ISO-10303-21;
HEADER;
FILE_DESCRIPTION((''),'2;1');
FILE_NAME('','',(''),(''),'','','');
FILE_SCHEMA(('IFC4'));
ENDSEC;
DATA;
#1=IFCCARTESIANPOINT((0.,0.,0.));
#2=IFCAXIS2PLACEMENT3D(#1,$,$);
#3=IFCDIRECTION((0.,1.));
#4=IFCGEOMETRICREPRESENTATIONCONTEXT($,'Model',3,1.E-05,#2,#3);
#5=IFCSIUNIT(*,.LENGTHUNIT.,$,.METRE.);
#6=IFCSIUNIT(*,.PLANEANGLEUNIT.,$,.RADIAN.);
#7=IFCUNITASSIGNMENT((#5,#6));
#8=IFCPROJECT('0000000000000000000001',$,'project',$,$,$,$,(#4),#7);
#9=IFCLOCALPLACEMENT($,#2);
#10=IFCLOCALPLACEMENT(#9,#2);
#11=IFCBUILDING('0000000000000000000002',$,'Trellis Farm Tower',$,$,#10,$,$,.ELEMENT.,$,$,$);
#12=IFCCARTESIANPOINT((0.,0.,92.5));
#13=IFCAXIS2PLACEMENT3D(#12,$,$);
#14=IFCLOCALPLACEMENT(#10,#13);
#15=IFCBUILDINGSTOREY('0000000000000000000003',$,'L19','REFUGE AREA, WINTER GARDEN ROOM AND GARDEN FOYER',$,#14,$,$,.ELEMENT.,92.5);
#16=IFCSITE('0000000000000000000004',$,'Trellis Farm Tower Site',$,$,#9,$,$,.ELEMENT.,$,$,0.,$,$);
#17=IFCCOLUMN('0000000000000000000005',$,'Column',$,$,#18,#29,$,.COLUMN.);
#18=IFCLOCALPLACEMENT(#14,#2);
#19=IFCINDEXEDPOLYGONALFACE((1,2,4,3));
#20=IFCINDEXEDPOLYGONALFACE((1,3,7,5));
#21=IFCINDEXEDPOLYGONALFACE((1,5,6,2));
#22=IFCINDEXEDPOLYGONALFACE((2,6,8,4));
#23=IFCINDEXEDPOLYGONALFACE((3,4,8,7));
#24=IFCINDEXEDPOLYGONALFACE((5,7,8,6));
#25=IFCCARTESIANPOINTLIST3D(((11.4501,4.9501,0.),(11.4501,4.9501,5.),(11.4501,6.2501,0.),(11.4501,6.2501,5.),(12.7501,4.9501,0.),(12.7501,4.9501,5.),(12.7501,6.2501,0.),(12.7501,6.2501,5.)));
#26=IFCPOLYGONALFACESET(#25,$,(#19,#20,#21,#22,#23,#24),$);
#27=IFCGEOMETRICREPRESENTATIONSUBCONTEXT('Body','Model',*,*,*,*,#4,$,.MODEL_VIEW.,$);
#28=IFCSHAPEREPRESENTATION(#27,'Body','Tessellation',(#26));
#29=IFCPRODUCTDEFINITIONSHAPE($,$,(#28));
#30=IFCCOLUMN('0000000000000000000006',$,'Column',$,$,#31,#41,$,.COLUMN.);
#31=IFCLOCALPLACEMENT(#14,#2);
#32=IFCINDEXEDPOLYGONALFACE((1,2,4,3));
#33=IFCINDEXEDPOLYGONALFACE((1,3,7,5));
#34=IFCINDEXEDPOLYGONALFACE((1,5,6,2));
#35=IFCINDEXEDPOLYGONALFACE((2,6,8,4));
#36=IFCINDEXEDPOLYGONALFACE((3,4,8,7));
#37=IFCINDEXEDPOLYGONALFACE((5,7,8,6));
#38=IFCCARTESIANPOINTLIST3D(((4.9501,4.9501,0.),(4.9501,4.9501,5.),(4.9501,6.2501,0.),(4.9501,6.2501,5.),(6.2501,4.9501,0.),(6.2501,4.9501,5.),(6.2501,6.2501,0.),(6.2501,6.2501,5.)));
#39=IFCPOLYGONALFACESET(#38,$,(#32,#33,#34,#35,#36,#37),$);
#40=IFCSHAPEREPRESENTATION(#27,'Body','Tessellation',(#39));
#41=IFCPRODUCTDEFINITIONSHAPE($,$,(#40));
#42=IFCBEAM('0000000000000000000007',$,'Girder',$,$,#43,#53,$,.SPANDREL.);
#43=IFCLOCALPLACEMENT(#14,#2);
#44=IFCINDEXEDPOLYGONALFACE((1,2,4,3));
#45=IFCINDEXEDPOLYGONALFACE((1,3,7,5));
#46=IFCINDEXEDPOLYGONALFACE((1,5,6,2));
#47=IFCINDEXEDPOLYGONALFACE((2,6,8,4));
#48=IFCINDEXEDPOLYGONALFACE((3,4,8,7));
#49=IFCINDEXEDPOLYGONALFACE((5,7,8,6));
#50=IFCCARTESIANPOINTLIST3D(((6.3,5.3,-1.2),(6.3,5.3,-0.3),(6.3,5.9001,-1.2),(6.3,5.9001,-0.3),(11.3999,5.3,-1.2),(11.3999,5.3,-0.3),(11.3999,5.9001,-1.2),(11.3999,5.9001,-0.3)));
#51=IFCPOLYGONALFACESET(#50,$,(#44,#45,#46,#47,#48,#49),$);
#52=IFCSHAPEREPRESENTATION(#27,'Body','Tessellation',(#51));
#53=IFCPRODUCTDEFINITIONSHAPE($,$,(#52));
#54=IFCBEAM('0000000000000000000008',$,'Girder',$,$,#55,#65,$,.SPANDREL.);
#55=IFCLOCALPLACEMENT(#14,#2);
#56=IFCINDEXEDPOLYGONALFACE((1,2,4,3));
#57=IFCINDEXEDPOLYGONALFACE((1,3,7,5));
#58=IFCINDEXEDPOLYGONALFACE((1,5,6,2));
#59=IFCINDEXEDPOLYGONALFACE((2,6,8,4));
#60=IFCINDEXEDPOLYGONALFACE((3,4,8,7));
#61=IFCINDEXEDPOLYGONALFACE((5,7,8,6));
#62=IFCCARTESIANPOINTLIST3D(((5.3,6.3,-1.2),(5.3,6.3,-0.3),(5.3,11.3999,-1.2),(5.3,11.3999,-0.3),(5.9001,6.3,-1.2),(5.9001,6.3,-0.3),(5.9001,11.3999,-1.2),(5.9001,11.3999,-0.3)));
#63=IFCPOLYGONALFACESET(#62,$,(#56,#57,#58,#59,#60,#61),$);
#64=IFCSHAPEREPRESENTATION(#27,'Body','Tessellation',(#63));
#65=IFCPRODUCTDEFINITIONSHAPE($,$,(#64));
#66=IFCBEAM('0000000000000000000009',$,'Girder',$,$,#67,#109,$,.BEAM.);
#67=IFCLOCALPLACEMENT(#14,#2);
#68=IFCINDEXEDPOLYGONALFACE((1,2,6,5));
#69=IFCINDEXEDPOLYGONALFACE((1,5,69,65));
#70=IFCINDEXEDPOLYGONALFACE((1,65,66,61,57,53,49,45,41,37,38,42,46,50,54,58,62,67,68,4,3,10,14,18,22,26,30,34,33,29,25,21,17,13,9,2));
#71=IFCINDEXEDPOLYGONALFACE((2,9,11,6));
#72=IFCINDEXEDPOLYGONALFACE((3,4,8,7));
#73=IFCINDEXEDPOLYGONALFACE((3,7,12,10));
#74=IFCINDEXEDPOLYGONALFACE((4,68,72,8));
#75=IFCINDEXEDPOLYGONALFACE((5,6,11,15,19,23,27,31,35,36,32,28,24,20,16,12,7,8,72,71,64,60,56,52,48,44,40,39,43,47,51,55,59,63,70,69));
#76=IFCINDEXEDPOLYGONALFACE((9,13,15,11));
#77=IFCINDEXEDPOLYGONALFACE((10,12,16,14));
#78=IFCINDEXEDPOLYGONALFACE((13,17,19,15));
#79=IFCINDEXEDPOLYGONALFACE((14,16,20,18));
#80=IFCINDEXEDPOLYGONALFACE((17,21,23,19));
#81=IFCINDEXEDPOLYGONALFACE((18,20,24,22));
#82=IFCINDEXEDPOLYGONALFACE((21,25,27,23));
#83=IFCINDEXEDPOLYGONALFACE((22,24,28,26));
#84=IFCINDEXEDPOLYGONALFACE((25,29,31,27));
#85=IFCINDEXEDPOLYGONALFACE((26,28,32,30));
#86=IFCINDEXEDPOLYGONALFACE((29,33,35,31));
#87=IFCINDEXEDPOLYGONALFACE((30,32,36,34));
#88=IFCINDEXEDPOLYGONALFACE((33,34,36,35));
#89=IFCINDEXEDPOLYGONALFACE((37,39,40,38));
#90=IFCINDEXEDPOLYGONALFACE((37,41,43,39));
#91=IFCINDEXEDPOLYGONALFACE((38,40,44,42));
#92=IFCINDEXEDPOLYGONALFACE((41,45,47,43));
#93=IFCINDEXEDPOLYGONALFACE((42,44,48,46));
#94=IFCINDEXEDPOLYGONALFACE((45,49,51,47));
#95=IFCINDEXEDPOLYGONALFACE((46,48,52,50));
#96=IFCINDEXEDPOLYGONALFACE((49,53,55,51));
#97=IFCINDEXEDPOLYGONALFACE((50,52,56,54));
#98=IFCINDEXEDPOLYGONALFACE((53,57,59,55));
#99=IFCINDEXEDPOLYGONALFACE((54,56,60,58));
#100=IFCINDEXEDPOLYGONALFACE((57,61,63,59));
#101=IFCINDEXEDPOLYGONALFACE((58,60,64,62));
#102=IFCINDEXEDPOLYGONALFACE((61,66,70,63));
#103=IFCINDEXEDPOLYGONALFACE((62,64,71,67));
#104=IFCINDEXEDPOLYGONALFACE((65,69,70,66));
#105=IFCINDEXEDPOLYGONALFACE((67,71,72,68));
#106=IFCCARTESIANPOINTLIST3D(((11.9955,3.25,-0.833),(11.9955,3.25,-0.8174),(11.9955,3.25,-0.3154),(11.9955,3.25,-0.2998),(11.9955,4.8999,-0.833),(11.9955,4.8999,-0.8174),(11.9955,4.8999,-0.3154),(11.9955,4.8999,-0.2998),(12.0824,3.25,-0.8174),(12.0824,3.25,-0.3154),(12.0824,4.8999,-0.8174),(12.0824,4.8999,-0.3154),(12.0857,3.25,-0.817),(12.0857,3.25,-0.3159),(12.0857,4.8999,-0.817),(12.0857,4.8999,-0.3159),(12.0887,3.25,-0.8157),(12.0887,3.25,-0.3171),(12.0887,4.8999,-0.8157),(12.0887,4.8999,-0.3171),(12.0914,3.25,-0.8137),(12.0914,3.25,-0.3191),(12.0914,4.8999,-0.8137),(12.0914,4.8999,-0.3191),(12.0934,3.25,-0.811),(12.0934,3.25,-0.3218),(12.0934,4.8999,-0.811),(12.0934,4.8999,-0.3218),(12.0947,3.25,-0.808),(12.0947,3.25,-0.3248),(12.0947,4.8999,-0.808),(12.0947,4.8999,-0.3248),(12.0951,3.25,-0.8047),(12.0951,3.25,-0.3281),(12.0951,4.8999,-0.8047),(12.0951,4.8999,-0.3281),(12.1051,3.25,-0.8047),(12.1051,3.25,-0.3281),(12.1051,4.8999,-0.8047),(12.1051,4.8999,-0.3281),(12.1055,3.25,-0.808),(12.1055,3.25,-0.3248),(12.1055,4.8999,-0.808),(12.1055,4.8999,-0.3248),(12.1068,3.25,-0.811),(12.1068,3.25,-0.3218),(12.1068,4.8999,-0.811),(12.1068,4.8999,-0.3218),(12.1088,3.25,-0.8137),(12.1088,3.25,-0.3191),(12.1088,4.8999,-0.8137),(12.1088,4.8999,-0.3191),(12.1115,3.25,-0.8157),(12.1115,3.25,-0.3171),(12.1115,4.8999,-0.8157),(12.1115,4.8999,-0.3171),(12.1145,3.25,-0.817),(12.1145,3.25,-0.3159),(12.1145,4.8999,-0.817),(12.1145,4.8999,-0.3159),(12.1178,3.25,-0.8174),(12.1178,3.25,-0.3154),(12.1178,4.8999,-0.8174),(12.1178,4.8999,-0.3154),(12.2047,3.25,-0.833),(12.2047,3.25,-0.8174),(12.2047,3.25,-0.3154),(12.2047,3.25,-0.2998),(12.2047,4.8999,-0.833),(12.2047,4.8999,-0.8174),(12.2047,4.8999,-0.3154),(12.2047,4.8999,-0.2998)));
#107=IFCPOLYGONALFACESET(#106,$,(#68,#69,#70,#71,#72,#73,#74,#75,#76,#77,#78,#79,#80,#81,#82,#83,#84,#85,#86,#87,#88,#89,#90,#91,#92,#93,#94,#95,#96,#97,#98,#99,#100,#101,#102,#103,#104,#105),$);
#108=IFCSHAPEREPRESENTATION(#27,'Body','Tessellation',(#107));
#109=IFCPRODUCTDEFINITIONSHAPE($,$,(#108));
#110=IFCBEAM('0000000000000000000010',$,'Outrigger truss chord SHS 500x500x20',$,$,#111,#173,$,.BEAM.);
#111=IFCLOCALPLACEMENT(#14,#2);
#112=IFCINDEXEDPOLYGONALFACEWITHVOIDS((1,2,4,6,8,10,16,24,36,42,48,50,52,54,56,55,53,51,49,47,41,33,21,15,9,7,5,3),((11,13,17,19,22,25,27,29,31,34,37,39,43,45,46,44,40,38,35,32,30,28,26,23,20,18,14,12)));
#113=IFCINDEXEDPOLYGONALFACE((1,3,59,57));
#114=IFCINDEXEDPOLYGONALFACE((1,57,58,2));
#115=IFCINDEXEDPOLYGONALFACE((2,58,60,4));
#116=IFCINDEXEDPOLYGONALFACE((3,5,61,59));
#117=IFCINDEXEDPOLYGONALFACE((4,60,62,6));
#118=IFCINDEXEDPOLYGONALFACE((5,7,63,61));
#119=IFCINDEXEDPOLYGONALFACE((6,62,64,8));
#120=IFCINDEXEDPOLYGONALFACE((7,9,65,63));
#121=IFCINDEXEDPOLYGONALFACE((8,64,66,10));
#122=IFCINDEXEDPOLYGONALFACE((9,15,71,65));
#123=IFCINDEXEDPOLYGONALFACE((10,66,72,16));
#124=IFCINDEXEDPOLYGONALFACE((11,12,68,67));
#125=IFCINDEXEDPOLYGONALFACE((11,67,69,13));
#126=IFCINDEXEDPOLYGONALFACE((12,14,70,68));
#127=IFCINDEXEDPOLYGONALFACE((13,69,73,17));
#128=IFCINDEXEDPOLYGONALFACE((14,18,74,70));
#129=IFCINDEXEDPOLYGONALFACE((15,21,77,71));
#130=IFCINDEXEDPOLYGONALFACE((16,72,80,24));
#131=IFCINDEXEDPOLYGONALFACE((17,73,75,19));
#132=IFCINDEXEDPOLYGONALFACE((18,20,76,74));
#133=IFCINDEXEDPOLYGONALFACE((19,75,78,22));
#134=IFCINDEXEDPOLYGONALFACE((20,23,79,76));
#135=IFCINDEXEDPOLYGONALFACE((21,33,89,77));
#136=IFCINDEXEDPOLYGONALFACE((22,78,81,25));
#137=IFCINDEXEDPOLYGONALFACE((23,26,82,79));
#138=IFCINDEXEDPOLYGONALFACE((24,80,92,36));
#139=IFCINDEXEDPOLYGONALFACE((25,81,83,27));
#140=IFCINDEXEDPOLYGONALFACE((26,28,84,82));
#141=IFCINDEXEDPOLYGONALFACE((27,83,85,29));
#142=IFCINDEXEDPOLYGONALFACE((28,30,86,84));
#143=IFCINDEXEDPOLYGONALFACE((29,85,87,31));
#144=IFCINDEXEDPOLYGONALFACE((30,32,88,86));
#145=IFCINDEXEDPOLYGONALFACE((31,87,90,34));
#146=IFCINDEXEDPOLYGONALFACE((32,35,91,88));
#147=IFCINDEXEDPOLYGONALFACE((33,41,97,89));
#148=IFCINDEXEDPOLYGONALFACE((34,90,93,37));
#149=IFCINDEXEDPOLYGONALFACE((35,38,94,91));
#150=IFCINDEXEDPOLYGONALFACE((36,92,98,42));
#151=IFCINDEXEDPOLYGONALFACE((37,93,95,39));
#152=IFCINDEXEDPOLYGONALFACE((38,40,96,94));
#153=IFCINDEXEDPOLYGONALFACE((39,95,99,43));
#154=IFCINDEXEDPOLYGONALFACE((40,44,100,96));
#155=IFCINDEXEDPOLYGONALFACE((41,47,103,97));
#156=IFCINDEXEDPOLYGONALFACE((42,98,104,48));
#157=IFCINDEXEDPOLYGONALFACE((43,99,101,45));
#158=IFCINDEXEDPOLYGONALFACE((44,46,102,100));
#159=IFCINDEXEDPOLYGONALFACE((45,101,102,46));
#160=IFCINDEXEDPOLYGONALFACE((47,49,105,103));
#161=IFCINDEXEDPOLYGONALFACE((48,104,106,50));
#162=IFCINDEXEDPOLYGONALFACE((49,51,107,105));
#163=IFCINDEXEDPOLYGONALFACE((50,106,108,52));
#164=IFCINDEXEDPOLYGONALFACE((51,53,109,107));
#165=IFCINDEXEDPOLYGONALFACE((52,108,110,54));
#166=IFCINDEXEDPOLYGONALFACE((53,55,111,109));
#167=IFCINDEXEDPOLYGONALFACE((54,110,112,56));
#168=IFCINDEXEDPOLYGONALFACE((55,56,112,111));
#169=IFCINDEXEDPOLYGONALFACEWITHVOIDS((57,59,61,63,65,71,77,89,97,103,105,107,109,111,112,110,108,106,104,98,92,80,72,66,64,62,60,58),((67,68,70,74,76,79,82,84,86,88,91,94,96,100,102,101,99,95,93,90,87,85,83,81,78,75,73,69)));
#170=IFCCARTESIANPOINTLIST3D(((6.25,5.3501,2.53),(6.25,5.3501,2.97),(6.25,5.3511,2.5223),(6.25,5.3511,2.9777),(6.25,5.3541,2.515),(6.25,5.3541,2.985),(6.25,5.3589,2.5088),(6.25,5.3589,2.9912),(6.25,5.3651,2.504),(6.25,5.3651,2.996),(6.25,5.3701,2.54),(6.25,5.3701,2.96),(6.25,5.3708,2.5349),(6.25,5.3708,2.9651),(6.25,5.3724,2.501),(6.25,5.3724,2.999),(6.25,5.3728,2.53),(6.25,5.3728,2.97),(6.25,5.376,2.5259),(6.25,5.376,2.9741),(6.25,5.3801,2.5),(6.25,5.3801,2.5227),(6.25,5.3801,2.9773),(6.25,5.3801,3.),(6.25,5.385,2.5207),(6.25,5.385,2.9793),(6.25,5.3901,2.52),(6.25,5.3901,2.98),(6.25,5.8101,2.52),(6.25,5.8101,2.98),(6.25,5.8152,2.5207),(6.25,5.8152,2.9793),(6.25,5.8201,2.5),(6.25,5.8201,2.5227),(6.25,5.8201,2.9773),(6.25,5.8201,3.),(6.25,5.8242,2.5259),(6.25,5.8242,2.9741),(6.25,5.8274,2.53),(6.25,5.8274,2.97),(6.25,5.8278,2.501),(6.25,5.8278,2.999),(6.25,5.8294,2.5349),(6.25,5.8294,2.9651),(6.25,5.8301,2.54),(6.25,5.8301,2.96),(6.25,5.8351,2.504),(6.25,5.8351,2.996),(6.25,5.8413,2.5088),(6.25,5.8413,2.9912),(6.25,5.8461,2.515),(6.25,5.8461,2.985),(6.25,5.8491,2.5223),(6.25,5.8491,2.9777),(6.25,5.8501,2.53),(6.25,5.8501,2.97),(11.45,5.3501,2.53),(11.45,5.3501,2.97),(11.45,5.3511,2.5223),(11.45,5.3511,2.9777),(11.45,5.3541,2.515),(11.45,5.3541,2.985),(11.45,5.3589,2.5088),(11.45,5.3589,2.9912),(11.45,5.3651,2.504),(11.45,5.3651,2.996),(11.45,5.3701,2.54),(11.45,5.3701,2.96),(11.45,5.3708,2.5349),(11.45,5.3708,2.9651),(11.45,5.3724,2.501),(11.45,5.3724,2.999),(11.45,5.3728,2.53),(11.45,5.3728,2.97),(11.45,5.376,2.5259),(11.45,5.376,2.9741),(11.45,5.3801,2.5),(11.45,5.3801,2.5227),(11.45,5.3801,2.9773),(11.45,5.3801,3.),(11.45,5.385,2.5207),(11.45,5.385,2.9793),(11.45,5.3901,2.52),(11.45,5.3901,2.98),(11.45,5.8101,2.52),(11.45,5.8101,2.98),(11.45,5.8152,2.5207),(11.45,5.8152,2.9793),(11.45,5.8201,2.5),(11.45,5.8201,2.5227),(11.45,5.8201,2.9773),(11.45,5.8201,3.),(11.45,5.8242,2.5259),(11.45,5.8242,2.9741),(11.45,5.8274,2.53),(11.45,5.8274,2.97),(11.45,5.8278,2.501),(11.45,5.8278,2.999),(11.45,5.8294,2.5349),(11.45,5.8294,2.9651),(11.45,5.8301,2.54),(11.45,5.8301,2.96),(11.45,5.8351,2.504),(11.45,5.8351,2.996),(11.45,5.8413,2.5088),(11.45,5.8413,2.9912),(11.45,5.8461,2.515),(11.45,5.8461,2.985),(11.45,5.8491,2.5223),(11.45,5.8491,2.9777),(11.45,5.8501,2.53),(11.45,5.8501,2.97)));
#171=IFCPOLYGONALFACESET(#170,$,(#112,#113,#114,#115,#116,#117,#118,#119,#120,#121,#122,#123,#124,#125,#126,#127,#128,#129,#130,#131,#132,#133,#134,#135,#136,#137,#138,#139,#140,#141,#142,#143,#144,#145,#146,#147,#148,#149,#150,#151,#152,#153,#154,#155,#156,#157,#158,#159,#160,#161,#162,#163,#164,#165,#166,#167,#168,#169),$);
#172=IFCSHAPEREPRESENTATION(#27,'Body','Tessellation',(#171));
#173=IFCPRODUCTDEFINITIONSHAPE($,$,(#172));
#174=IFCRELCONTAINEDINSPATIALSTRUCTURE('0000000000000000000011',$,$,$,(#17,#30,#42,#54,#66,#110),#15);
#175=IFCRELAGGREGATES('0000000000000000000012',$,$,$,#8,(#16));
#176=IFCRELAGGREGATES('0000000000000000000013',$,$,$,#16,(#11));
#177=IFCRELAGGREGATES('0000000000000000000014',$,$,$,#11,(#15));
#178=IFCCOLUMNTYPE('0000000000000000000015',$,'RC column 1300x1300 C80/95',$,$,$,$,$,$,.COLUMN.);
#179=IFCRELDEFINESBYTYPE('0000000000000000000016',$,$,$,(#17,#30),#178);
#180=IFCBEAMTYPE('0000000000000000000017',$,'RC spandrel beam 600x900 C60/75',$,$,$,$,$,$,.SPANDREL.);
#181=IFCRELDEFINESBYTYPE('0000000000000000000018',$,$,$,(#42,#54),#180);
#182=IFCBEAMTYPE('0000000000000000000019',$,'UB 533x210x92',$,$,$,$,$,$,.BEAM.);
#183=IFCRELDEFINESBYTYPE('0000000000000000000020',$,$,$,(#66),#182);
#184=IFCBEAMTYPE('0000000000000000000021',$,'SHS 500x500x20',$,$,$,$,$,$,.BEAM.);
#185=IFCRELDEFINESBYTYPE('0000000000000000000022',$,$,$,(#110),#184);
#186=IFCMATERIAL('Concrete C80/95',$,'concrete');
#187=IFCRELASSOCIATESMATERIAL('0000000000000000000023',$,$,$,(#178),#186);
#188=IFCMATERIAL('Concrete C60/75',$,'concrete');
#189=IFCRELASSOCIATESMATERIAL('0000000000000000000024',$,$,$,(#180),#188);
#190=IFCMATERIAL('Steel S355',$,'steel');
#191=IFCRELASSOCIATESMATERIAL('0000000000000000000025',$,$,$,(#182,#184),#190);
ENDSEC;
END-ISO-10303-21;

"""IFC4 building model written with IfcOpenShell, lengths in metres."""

from ifc_helpers import new_model, si_unit, direction, frame, origin, origin_2d, place, context, subcontext, project, spatial, rectangle, hollow_rectangle, i_section, extrude, source, transform, mapped, material, material_profile, profile_set, type_object, element, save


model = new_model("IFC4")

# Units and contexts
model_context = context("Model", 3, precision=1e-05, world=origin(), true_north=direction((0.0, 1.0)))
body_context = subcontext(model_context, "Body", "Model", "MODEL_VIEW")
ifc_project = project(units=[si_unit("LENGTHUNIT", "METRE"), si_unit("PLANEANGLEUNIT", "RADIAN")], contexts=[model_context])

# Site, building, storey
site_placement = place(None, origin())
site = spatial("IfcSite", under=ifc_project, at=site_placement, Name="Trellis Farm Tower Site", CompositionType="ELEMENT", RefElevation=0.0)
building_placement = place(site_placement, origin())
building = spatial("IfcBuilding", under=site, at=building_placement, Name="Trellis Farm Tower", CompositionType="ELEMENT")
storey_placement = place(building_placement, frame((0.0, 0.0, 92.5)))
storey = spatial("IfcBuildingStorey", under=building, at=storey_placement, Name="L19", Description="REFUGE AREA, WINTER GARDEN ROOM AND GARDEN FOYER", CompositionType="ELEMENT", Elevation=92.5)

# Columns
ifc_material_1 = material(Name="Concrete C80/95", Category="concrete")
ifc_material_profile_1 = material_profile(ifc_material_1, rectangle(XDim=1.3, YDim=1.3, at=origin_2d()), Name="RC column 1300x1300 C80/95")
ifc_profile_set_1 = profile_set([ifc_material_profile_1], Name="Concrete C80/95")
column_type = type_object("IfcColumnType", Name="RC column 1300x1300 C80/95", PredefinedType="COLUMN", material=ifc_profile_set_1)
shared_shape_1 = source(origin(), body_context, "Body", "SweptSolid", [
    extrude(rectangle(XDim=1.3, YDim=1.3, at=origin_2d()), origin(), (0.0, 0.0, 1.0), 5.0),
])
for number, where, z_axis, x_axis, name in (
    (1, (12.1001, 5.6001, 0.0), (0.0, 0.0, 1.0), (1.0, 0.0, 0.0), "Column"),
    (2, (5.6001, 5.6001, 0.0), (0.0, 0.0, 1.0), (1.0, 0.0, 0.0), "Column"),
):
    element("IfcColumn", number, at=place(storey_placement, frame(where, z_axis=z_axis, x_axis=x_axis)), inside=storey, type_object=column_type, Name=name, PredefinedType="COLUMN", context=body_context, shape_type="MappedRepresentation", body=[
        mapped(shared_shape_1, transform((0.0, 0.0, 0.0))),
    ])

# Beams
ifc_material_2 = material(Name="Concrete C60/75", Category="concrete")
ifc_material_profile_2 = material_profile(ifc_material_2, rectangle(XDim=0.6001, YDim=0.8999, at=origin_2d()), Name="RC spandrel beam 600x900 C60/75")
ifc_profile_set_2 = profile_set([ifc_material_profile_2], Name="Concrete C60/75")
beam_type_1 = type_object("IfcBeamType", Name="RC spandrel beam 600x900 C60/75", PredefinedType="SPANDREL", material=ifc_profile_set_2)
shared_shape_2 = source(origin(), body_context, "Body", "SweptSolid", [
    extrude(rectangle(XDim=0.6001, YDim=0.8999, at=origin_2d()), origin(), (0.0, 0.0, 1.0), 5.0999),
])
for number, where, z_axis, x_axis, name in (
    (3, (6.3, 5.6001, -0.75), (1.0, 0.0, 0.0), (0.0, 1.0, 0.0), "Girder"),
    (4, (5.6001, 6.3, -0.75), (0.0, 1.0, 0.0), (-1.0, 0.0, 0.0), "Girder"),
):
    element("IfcBeam", number, at=place(storey_placement, frame(where, z_axis=z_axis, x_axis=x_axis)), inside=storey, type_object=beam_type_1, Name=name, PredefinedType="SPANDREL", context=body_context, shape_type="MappedRepresentation", body=[
        mapped(shared_shape_2, transform((0.0, 0.0, 0.0))),
    ])
ifc_material_3 = material(Name="Steel S355", Category="steel")
ifc_material_profile_3 = material_profile(ifc_material_3, i_section(OverallWidth=0.2092, OverallDepth=0.5332, WebThickness=0.01, FlangeThickness=0.0156, FilletRadius=0.0127, at=origin_2d()), Name="UB 533x210x92")
ifc_profile_set_3 = profile_set([ifc_material_profile_3], Name="Steel S355")
beam_type_2 = type_object("IfcBeamType", Name="UB 533x210x92", PredefinedType="BEAM", material=ifc_profile_set_3)
shared_shape_3 = source(origin(), body_context, "Body", "SweptSolid", [
    extrude(i_section(OverallWidth=0.2092, OverallDepth=0.5332, WebThickness=0.01, FlangeThickness=0.0156, FilletRadius=0.0127, at=origin_2d()), origin(), (0.0, 0.0, 1.0), 1.6499),
])
beam_placement = place(storey_placement, frame((12.1001, 3.25, -0.5664), z_axis=(0.0, 1.0, 0.0), x_axis=(-1.0, 0.0, 0.0)))
element("IfcBeam", 5, at=beam_placement, inside=storey, type_object=beam_type_2, Name="Girder", PredefinedType="BEAM", context=body_context, shape_type="MappedRepresentation", body=[
    mapped(shared_shape_3, transform((0.0, 0.0, 0.0))),
])
ifc_material_profile_4 = material_profile(ifc_material_3, hollow_rectangle(XDim=0.5, YDim=0.5, WallThickness=0.02, InnerFilletRadius=0.02, OuterFilletRadius=0.03, at=origin_2d()), Name="SHS 500x500x20")
ifc_profile_set_4 = profile_set([ifc_material_profile_4], Name="Steel S355")
beam_type_3 = type_object("IfcBeamType", Name="SHS 500x500x20", PredefinedType="BEAM", material=ifc_profile_set_4)
shared_shape_4 = source(origin(), body_context, "Body", "SweptSolid", [
    extrude(hollow_rectangle(XDim=0.5, YDim=0.5, WallThickness=0.02, InnerFilletRadius=0.02, OuterFilletRadius=0.03, at=origin_2d()), origin(), (0.0, 0.0, 1.0), 5.2),
])
for number, where, z_axis, x_axis, name in (
    (6, (6.25, 5.6001, 2.75), (1.0, 0.0, 0.0), (0.0, 1.0, 0.0), "Outrigger truss chord SHS 500x500x20"),
):
    element("IfcBeam", number, at=place(storey_placement, frame(where, z_axis=z_axis, x_axis=x_axis)), inside=storey, type_object=beam_type_3, Name=name, PredefinedType="BEAM", context=body_context, shape_type="MappedRepresentation", body=[
        mapped(shared_shape_4, transform((0.0, 0.0, 0.0))),
    ])

save(model, "model.ifc")
